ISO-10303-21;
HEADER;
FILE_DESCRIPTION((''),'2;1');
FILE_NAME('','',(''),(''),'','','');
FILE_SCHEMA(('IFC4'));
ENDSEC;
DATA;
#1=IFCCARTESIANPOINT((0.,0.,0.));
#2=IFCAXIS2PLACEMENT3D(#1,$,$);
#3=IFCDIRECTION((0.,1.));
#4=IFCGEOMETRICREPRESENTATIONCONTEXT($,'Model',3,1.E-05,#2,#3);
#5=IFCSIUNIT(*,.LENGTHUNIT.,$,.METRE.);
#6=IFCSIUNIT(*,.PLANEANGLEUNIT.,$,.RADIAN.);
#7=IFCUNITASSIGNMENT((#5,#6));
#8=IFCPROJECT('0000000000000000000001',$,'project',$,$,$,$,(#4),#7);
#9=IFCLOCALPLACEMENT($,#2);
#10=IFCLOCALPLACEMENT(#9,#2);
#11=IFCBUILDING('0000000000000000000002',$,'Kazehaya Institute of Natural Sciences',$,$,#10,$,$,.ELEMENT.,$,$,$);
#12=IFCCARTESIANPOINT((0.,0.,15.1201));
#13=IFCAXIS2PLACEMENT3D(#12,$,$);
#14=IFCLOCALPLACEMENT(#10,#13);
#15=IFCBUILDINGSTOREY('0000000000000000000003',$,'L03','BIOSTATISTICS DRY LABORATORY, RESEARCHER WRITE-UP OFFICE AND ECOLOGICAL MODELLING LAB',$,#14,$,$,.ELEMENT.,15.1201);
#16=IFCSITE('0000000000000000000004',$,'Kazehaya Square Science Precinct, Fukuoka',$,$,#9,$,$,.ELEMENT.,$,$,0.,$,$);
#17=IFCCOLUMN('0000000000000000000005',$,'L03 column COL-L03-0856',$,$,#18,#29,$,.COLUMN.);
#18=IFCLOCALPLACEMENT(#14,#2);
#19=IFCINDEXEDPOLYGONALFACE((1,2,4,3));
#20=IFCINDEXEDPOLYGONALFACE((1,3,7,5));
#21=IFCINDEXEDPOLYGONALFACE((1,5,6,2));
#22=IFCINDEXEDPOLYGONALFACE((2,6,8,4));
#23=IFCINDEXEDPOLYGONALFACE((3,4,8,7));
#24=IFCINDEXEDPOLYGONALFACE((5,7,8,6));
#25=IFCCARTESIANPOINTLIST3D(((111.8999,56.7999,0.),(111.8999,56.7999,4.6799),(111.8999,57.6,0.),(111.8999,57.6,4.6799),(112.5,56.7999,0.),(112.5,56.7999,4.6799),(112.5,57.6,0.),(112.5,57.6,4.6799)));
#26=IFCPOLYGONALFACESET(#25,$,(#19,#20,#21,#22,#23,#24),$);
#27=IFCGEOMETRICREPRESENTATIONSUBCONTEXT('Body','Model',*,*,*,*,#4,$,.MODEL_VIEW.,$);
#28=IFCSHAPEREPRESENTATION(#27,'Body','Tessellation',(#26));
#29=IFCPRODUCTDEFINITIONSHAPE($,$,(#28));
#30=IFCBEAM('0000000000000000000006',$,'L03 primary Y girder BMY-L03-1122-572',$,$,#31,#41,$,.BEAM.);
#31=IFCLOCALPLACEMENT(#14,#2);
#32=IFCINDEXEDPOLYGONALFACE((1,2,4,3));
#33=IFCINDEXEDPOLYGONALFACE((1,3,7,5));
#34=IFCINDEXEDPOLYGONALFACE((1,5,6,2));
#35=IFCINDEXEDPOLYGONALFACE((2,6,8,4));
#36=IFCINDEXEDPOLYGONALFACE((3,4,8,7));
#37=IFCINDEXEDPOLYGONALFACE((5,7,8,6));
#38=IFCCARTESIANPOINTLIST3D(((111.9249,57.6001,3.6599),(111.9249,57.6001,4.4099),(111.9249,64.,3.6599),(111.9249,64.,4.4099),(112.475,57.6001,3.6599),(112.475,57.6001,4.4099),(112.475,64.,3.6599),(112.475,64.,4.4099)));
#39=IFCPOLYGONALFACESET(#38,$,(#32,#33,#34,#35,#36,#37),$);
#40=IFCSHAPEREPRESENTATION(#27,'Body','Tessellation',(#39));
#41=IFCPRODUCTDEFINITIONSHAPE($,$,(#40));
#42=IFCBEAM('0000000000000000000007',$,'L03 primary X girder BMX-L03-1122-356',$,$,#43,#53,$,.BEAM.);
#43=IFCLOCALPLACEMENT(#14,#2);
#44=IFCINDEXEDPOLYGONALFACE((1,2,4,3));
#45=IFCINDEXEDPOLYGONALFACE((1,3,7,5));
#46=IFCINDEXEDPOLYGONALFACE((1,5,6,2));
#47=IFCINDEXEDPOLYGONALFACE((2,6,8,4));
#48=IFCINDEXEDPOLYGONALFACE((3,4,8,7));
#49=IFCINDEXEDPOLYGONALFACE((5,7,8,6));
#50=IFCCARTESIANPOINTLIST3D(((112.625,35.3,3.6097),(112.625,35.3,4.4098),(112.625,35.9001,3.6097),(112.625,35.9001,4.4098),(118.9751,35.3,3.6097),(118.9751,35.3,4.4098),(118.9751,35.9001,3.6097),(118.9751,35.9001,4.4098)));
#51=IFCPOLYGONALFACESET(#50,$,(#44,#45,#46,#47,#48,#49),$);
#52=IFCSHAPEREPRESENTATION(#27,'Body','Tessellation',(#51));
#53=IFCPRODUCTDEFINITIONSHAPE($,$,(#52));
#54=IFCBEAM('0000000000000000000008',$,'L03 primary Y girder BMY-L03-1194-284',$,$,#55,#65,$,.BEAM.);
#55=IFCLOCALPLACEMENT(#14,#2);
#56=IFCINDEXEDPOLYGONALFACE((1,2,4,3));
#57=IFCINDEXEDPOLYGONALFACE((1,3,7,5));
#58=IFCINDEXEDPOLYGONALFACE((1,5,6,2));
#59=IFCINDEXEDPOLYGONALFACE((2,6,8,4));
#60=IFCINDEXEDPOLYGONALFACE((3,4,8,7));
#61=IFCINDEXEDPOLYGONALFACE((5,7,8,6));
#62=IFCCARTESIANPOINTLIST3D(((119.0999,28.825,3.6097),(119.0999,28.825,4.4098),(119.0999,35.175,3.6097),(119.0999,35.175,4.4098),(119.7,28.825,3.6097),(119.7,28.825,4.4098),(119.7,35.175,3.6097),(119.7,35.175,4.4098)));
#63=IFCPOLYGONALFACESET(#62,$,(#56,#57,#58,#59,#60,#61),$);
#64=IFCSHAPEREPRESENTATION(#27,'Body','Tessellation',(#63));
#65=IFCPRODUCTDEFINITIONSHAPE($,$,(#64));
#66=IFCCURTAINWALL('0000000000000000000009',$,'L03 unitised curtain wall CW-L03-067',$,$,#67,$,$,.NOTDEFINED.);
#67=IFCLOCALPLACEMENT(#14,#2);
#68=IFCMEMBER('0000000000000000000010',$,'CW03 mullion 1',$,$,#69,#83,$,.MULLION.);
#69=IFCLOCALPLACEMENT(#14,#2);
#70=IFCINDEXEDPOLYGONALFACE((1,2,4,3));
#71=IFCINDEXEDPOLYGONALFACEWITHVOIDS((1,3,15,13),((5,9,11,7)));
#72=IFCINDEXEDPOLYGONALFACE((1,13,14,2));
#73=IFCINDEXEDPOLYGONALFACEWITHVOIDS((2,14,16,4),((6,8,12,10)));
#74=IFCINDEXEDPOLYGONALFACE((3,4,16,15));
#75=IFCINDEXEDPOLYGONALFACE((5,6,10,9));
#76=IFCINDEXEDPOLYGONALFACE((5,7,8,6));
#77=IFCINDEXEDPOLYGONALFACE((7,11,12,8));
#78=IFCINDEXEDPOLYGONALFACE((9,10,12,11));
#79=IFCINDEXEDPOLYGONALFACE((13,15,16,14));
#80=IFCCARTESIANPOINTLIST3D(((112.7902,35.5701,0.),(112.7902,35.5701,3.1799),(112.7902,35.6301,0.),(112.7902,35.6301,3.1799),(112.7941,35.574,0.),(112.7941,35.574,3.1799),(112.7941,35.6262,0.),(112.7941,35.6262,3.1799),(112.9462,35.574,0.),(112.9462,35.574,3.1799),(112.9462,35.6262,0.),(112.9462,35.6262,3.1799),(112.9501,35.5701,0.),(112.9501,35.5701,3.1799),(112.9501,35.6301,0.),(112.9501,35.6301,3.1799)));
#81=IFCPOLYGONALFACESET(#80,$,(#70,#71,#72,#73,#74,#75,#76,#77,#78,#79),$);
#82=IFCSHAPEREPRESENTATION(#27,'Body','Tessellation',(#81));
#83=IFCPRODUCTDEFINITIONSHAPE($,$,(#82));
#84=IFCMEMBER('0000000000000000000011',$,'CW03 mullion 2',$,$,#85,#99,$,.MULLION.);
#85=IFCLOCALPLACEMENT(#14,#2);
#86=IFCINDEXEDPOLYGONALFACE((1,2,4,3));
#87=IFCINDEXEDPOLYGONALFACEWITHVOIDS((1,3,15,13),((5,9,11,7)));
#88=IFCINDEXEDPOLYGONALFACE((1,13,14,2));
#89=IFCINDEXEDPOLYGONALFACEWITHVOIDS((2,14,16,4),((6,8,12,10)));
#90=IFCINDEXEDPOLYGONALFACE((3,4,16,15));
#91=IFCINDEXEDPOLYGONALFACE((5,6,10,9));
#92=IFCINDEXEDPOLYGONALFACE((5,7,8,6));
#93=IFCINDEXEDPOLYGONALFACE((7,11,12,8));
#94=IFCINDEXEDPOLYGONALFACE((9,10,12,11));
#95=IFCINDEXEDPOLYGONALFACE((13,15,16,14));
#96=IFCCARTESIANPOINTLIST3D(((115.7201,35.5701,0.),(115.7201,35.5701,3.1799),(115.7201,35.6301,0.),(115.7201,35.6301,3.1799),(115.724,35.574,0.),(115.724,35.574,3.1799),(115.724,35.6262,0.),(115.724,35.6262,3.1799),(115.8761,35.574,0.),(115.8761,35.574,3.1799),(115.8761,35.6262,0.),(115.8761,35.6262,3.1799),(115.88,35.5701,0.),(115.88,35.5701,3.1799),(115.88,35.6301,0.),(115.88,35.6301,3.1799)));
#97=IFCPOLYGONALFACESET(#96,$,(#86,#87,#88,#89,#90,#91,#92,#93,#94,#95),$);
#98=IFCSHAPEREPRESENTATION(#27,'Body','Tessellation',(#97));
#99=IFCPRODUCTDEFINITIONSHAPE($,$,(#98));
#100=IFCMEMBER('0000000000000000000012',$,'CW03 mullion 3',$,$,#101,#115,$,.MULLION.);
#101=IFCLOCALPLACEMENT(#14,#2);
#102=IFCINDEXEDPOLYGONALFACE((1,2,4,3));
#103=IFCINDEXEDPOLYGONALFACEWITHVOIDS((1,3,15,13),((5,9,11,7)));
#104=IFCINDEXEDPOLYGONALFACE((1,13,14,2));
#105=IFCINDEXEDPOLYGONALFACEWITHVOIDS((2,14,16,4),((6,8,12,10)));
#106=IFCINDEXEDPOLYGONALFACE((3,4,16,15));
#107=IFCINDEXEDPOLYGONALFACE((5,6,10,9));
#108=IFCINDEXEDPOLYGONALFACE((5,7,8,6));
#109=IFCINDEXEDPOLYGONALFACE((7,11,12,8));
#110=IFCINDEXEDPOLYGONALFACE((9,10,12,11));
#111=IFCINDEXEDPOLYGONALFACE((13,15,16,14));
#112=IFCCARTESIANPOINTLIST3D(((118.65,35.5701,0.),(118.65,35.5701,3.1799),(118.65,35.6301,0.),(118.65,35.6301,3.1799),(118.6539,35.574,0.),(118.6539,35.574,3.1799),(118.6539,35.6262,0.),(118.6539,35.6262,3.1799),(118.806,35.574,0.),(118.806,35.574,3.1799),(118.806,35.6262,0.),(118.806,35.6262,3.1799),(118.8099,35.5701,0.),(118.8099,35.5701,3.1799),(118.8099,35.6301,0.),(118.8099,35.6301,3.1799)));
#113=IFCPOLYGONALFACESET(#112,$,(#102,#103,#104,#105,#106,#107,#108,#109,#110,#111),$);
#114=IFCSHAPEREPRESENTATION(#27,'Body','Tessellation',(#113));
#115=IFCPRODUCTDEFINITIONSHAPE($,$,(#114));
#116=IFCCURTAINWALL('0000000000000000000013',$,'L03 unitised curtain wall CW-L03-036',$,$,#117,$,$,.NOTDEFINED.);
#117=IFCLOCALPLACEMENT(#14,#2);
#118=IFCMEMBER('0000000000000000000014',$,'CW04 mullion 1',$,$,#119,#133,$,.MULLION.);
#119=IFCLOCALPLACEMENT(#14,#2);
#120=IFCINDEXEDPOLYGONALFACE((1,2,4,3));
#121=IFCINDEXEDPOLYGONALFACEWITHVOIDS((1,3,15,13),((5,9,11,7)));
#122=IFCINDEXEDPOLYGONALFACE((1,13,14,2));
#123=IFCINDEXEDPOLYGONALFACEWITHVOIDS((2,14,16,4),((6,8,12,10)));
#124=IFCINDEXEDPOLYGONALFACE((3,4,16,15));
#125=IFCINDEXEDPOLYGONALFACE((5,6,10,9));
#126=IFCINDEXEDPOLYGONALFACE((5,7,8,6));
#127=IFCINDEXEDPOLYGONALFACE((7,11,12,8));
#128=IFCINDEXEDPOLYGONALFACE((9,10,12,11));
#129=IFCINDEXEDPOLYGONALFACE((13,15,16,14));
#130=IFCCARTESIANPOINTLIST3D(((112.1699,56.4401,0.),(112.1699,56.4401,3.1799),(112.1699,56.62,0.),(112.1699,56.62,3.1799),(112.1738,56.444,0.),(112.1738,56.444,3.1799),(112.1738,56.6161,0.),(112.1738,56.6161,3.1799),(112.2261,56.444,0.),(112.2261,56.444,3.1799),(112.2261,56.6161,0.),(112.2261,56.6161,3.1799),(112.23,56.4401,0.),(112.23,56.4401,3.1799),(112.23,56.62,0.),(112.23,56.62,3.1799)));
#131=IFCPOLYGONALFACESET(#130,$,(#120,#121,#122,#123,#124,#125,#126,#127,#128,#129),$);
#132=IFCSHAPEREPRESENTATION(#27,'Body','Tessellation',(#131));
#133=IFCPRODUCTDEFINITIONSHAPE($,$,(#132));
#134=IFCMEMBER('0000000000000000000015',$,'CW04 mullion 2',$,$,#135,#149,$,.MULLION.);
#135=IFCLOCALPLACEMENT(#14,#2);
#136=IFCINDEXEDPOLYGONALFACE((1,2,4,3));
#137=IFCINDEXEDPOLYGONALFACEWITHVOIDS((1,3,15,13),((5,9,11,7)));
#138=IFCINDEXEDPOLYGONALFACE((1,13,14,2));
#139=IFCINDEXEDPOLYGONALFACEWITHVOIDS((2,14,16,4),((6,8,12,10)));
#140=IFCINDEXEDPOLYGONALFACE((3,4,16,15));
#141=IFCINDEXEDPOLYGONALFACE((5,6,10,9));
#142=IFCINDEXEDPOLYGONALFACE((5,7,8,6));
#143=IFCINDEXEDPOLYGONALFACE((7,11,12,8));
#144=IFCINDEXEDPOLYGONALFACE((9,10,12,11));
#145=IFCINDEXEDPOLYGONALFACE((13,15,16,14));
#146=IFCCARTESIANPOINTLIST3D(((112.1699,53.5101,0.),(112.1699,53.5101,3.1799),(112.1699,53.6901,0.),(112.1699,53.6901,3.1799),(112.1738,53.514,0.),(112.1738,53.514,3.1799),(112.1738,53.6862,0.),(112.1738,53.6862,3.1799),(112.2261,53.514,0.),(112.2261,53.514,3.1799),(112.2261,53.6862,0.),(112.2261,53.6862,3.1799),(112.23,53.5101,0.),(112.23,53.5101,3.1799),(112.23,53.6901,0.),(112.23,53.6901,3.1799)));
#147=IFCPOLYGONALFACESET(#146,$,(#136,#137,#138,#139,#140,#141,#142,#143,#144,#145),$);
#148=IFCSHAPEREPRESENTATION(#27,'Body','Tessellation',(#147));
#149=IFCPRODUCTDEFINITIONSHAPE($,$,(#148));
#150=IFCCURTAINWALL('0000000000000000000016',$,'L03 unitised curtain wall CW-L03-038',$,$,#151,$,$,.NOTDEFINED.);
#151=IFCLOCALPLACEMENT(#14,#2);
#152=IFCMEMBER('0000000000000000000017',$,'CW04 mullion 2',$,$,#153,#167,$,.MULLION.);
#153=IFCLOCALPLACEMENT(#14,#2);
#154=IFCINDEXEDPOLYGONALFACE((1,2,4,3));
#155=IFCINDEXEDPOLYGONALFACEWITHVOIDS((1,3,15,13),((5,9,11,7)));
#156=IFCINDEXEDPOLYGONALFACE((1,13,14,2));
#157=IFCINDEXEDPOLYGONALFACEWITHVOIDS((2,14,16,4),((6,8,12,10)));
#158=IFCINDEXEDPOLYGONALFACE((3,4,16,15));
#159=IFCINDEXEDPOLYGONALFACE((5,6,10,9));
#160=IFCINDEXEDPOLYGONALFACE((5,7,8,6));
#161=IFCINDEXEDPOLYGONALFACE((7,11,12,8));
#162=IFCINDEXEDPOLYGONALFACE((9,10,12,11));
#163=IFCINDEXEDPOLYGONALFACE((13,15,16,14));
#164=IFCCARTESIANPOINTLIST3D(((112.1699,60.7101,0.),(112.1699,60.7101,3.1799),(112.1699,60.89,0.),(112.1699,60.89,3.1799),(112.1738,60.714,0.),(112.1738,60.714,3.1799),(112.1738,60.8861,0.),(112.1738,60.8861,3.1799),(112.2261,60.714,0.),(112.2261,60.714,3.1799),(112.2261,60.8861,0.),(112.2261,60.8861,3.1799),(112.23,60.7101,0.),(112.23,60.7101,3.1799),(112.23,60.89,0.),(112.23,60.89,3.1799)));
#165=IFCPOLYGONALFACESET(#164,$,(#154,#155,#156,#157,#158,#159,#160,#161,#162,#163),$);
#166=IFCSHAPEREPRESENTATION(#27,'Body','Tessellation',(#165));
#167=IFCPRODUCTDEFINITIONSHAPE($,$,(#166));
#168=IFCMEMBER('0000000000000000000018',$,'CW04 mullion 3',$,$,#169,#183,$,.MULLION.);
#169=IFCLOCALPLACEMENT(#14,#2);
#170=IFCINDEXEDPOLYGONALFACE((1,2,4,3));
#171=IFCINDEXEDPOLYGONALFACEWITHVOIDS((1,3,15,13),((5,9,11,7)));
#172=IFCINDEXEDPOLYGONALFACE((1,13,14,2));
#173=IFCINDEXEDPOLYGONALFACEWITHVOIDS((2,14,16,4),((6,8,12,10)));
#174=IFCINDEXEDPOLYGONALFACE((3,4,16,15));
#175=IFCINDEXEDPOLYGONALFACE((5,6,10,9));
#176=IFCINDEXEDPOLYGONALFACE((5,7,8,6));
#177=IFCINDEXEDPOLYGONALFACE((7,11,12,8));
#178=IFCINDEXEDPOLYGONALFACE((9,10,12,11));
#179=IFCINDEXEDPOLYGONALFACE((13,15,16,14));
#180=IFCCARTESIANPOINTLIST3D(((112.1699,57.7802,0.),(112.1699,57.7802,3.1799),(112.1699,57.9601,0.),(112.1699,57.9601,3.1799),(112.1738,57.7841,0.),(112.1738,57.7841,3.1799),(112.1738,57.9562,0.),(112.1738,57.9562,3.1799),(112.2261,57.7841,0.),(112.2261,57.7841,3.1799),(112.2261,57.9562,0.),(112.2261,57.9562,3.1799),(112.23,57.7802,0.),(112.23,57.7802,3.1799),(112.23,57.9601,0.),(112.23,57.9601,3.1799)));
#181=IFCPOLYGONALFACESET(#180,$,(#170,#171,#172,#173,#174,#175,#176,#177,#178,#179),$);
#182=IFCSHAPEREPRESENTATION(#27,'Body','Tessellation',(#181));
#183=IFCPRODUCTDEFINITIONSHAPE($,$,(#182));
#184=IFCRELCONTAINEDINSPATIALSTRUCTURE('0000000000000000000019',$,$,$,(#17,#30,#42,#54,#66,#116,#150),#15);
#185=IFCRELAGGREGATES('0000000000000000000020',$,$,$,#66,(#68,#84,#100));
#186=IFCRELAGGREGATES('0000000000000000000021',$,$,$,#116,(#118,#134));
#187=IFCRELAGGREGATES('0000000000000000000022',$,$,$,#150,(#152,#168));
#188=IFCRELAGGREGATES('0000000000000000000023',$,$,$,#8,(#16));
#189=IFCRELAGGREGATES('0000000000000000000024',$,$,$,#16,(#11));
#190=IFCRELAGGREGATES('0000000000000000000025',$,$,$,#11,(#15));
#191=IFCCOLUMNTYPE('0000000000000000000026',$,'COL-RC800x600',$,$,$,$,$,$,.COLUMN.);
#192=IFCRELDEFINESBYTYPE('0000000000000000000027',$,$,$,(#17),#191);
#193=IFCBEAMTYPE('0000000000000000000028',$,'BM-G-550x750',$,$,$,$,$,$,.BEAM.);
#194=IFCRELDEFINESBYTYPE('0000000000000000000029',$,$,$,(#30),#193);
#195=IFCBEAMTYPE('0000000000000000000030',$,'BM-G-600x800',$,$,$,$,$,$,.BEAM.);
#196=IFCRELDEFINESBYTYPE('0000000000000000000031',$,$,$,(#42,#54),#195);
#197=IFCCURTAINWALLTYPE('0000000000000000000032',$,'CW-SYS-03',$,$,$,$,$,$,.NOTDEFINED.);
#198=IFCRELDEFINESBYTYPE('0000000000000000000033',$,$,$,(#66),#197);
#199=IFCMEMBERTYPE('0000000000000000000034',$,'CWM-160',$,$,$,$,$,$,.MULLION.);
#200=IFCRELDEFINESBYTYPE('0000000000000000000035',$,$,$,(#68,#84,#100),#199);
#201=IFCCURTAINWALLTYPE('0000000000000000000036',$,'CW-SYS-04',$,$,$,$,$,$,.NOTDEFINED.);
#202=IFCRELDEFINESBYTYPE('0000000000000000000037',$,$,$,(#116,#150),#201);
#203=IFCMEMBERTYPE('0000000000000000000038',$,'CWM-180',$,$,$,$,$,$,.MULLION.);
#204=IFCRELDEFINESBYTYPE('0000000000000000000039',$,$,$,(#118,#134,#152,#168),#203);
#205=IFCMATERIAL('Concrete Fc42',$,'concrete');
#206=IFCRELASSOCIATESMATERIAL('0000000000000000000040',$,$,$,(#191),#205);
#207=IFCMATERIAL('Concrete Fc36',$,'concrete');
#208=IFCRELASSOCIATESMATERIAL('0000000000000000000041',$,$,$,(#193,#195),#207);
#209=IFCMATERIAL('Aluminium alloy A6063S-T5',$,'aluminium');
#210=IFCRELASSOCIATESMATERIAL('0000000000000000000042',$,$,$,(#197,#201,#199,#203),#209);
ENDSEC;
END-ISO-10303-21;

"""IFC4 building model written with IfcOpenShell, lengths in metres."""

from ifc_helpers import new_model, si_unit, direction, frame, origin, origin_2d, place, context, subcontext, project, spatial, rectangle, hollow_rectangle, extrude, material, material_profile, profile_set, type_object, element, aggregate, save


model = new_model("IFC4")

# Units and contexts
model_context = context("Model", 3, precision=1e-05, world=origin(), true_north=direction((0.0, 1.0)))
body_context = subcontext(model_context, "Body", "Model", "MODEL_VIEW")
ifc_project = project(units=[si_unit("LENGTHUNIT", "METRE"), si_unit("PLANEANGLEUNIT", "RADIAN")], contexts=[model_context])

# Site, building, storey
site_placement = place(None, origin())
site = spatial("IfcSite", under=ifc_project, at=site_placement, Name="Kazehaya Square Science Precinct, Fukuoka", CompositionType="ELEMENT", RefElevation=0.0)
building_placement = place(site_placement, origin())
building = spatial("IfcBuilding", under=site, at=building_placement, Name="Kazehaya Institute of Natural Sciences", CompositionType="ELEMENT")
storey_placement = place(building_placement, frame((0.0, 0.0, 15.1201)))
storey = spatial("IfcBuildingStorey", under=building, at=storey_placement, Name="L03", Description="BIOSTATISTICS DRY LABORATORY, RESEARCHER WRITE-UP OFFICE AND ECOLOGICAL MODELLING LAB", CompositionType="ELEMENT", Elevation=15.1201)

# Column
ifc_material_1 = material(Name="Concrete Fc42", Category="concrete")
ifc_material_profile_1 = material_profile(ifc_material_1, rectangle(XDim=0.6001, YDim=0.8, at=origin_2d()), Name="RC-800x600")
ifc_profile_set_1 = profile_set([ifc_material_profile_1], Name="Concrete Fc42")
column_type = type_object("IfcColumnType", Name="COL-RC800x600", PredefinedType="COLUMN", material=ifc_profile_set_1)
column_placement = place(storey_placement, frame((112.2, 57.2, 0.0), z_axis=(0.0, 0.0, 1.0), x_axis=(1.0, 0.0, 0.0)))
element("IfcColumn", 1, at=column_placement, inside=storey, type_object=column_type, Name="L03 column COL-L03-0856", PredefinedType="COLUMN", context=body_context, shape_type="SweptSolid", body=[
    extrude(rectangle(XDim=0.6001, YDim=0.8, at=origin_2d()), origin(), (0.0, 0.0, 1.0), 4.6799),
])

# Beams
ifc_material_2 = material(Name="Concrete Fc36", Category="concrete")
ifc_material_profile_2 = material_profile(ifc_material_2, rectangle(XDim=0.55, YDim=0.75, at=origin_2d()), Name="RC-550x750")
ifc_profile_set_2 = profile_set([ifc_material_profile_2], Name="Concrete Fc36")
beam_type_1 = type_object("IfcBeamType", Name="BM-G-550x750", PredefinedType="BEAM", material=ifc_profile_set_2)
beam_placement = place(storey_placement, frame((112.2, 57.6001, 4.0349), z_axis=(0.0, 1.0, 0.0), x_axis=(-1.0, 0.0, 0.0)))
element("IfcBeam", 2, at=beam_placement, inside=storey, type_object=beam_type_1, Name="L03 primary Y girder BMY-L03-1122-572", PredefinedType="BEAM", context=body_context, shape_type="SweptSolid", body=[
    extrude(rectangle(XDim=0.55, YDim=0.75, at=origin_2d()), origin(), (0.0, 0.0, 1.0), 6.3999),
])
ifc_material_profile_3 = material_profile(ifc_material_2, rectangle(XDim=0.6001, YDim=0.8, at=origin_2d()), Name="RC-600x800")
ifc_profile_set_3 = profile_set([ifc_material_profile_3], Name="Concrete Fc36")
beam_type_2 = type_object("IfcBeamType", Name="BM-G-600x800", PredefinedType="BEAM", material=ifc_profile_set_3)
for number, where, z_axis, x_axis, name in (
    (3, (112.625, 35.6001, 4.0098), (1.0, 0.0, 0.0), (0.0, 1.0, 0.0), "L03 primary X girder BMX-L03-1122-356"),
    (4, (119.3999, 28.825, 4.0098), (0.0, 1.0, 0.0), (-1.0, 0.0, 0.0), "L03 primary Y girder BMY-L03-1194-284"),
):
    element("IfcBeam", number, at=place(storey_placement, frame(where, z_axis=z_axis, x_axis=x_axis)), inside=storey, type_object=beam_type_2, Name=name, PredefinedType="BEAM", context=body_context, shape_type="SweptSolid", body=[
        extrude(rectangle(XDim=0.6001, YDim=0.8, at=origin_2d()), origin(), (0.0, 0.0, 1.0), 6.3501),
    ])

# Curtain walls, members
ifc_material_3 = material(Name="Aluminium alloy A6063S-T5", Category="aluminium")
curtain_wall_type_1 = type_object("IfcCurtainWallType", Name="CW-SYS-03", PredefinedType="NOTDEFINED", material=ifc_material_3)
curtain_wall_1_placement = place(storey_placement, origin())
curtain_wall_1 = element("IfcCurtainWall", 5, at=curtain_wall_1_placement, inside=storey, type_object=curtain_wall_type_1, Name="L03 unitised curtain wall CW-L03-067", PredefinedType="NOTDEFINED")
ifc_material_profile_4 = material_profile(ifc_material_3, hollow_rectangle(XDim=0.0601, YDim=0.1599, WallThickness=0.0039, at=origin_2d()), Name="ALU-60x160x4")
ifc_profile_set_4 = profile_set([ifc_material_profile_4], Name="Aluminium alloy A6063S-T5")
member_type_1 = type_object("IfcMemberType", Name="CWM-160", PredefinedType="MULLION", material=ifc_profile_set_4)
member_1_placement = place(storey_placement, frame((112.8701, 35.6001, 0.0), z_axis=(0.0, 0.0, 1.0), x_axis=(0.0, 1.0, 0.0)))
member_1 = element("IfcMember", 6, at=member_1_placement, type_object=member_type_1, Name="CW03 mullion 1", PredefinedType="MULLION", context=body_context, shape_type="SweptSolid", body=[
    extrude(hollow_rectangle(XDim=0.0601, YDim=0.1599, WallThickness=0.0039, at=origin_2d()), origin(), (0.0, 0.0, 1.0), 3.1799),
])
member_2_placement = place(storey_placement, frame((115.8, 35.6001, 0.0), z_axis=(0.0, 0.0, 1.0), x_axis=(0.0, 1.0, 0.0)))
member_2 = element("IfcMember", 7, at=member_2_placement, type_object=member_type_1, Name="CW03 mullion 2", PredefinedType="MULLION", context=body_context, shape_type="SweptSolid", body=[
    extrude(hollow_rectangle(XDim=0.0601, YDim=0.1599, WallThickness=0.0039, at=origin_2d()), origin(), (0.0, 0.0, 1.0), 3.1799),
])
member_3_placement = place(storey_placement, frame((118.73, 35.6001, 0.0), z_axis=(0.0, 0.0, 1.0), x_axis=(0.0, 1.0, 0.0)))
member_3 = element("IfcMember", 8, at=member_3_placement, type_object=member_type_1, Name="CW03 mullion 3", PredefinedType="MULLION", context=body_context, shape_type="SweptSolid", body=[
    extrude(hollow_rectangle(XDim=0.0601, YDim=0.1599, WallThickness=0.0039, at=origin_2d()), origin(), (0.0, 0.0, 1.0), 3.1799),
])
curtain_wall_type_2 = type_object("IfcCurtainWallType", Name="CW-SYS-04", PredefinedType="NOTDEFINED", material=ifc_material_3)
curtain_wall_2_placement = place(storey_placement, origin())
curtain_wall_2 = element("IfcCurtainWall", 9, at=curtain_wall_2_placement, inside=storey, type_object=curtain_wall_type_2, Name="L03 unitised curtain wall CW-L03-036", PredefinedType="NOTDEFINED")
ifc_material_profile_5 = material_profile(ifc_material_3, hollow_rectangle(XDim=0.0601, YDim=0.1799, WallThickness=0.0039, at=origin_2d()), Name="ALU-60x180x4")
ifc_profile_set_5 = profile_set([ifc_material_profile_5], Name="Aluminium alloy A6063S-T5")
member_type_2 = type_object("IfcMemberType", Name="CWM-180", PredefinedType="MULLION", material=ifc_profile_set_5)
member_4_placement = place(storey_placement, frame((112.2, 56.53, 0.0), z_axis=(0.0, 0.0, 1.0), x_axis=(1.0, 0.0, 0.0)))
member_4 = element("IfcMember", 10, at=member_4_placement, type_object=member_type_2, Name="CW04 mullion 1", PredefinedType="MULLION", context=body_context, shape_type="SweptSolid", body=[
    extrude(hollow_rectangle(XDim=0.0601, YDim=0.1799, WallThickness=0.0039, at=origin_2d()), origin(), (0.0, 0.0, 1.0), 3.1799),
])
member_5_placement = place(storey_placement, frame((112.2, 53.6001, 0.0), z_axis=(0.0, 0.0, 1.0), x_axis=(1.0, 0.0, 0.0)))
member_5 = element("IfcMember", 11, at=member_5_placement, type_object=member_type_2, Name="CW04 mullion 2", PredefinedType="MULLION", context=body_context, shape_type="SweptSolid", body=[
    extrude(hollow_rectangle(XDim=0.0601, YDim=0.1799, WallThickness=0.0039, at=origin_2d()), origin(), (0.0, 0.0, 1.0), 3.1799),
])
curtain_wall_3_placement = place(storey_placement, origin())
curtain_wall_3 = element("IfcCurtainWall", 12, at=curtain_wall_3_placement, inside=storey, type_object=curtain_wall_type_2, Name="L03 unitised curtain wall CW-L03-038", PredefinedType="NOTDEFINED")
member_6_placement = place(storey_placement, frame((112.2, 60.8, 0.0), z_axis=(0.0, 0.0, 1.0), x_axis=(1.0, 0.0, 0.0)))
member_6 = element("IfcMember", 13, at=member_6_placement, type_object=member_type_2, Name="CW04 mullion 2", PredefinedType="MULLION", context=body_context, shape_type="SweptSolid", body=[
    extrude(hollow_rectangle(XDim=0.0601, YDim=0.1799, WallThickness=0.0039, at=origin_2d()), origin(), (0.0, 0.0, 1.0), 3.1799),
])
member_7_placement = place(storey_placement, frame((112.2, 57.8701, 0.0), z_axis=(0.0, 0.0, 1.0), x_axis=(1.0, 0.0, 0.0)))
member_7 = element("IfcMember", 14, at=member_7_placement, type_object=member_type_2, Name="CW04 mullion 3", PredefinedType="MULLION", context=body_context, shape_type="SweptSolid", body=[
    extrude(hollow_rectangle(XDim=0.0601, YDim=0.1799, WallThickness=0.0039, at=origin_2d()), origin(), (0.0, 0.0, 1.0), 3.1799),
])

aggregate(curtain_wall_1, [member_1, member_2, member_3])
aggregate(curtain_wall_2, [member_4, member_5])
aggregate(curtain_wall_3, [member_6, member_7])

save(model, "model.ifc")
